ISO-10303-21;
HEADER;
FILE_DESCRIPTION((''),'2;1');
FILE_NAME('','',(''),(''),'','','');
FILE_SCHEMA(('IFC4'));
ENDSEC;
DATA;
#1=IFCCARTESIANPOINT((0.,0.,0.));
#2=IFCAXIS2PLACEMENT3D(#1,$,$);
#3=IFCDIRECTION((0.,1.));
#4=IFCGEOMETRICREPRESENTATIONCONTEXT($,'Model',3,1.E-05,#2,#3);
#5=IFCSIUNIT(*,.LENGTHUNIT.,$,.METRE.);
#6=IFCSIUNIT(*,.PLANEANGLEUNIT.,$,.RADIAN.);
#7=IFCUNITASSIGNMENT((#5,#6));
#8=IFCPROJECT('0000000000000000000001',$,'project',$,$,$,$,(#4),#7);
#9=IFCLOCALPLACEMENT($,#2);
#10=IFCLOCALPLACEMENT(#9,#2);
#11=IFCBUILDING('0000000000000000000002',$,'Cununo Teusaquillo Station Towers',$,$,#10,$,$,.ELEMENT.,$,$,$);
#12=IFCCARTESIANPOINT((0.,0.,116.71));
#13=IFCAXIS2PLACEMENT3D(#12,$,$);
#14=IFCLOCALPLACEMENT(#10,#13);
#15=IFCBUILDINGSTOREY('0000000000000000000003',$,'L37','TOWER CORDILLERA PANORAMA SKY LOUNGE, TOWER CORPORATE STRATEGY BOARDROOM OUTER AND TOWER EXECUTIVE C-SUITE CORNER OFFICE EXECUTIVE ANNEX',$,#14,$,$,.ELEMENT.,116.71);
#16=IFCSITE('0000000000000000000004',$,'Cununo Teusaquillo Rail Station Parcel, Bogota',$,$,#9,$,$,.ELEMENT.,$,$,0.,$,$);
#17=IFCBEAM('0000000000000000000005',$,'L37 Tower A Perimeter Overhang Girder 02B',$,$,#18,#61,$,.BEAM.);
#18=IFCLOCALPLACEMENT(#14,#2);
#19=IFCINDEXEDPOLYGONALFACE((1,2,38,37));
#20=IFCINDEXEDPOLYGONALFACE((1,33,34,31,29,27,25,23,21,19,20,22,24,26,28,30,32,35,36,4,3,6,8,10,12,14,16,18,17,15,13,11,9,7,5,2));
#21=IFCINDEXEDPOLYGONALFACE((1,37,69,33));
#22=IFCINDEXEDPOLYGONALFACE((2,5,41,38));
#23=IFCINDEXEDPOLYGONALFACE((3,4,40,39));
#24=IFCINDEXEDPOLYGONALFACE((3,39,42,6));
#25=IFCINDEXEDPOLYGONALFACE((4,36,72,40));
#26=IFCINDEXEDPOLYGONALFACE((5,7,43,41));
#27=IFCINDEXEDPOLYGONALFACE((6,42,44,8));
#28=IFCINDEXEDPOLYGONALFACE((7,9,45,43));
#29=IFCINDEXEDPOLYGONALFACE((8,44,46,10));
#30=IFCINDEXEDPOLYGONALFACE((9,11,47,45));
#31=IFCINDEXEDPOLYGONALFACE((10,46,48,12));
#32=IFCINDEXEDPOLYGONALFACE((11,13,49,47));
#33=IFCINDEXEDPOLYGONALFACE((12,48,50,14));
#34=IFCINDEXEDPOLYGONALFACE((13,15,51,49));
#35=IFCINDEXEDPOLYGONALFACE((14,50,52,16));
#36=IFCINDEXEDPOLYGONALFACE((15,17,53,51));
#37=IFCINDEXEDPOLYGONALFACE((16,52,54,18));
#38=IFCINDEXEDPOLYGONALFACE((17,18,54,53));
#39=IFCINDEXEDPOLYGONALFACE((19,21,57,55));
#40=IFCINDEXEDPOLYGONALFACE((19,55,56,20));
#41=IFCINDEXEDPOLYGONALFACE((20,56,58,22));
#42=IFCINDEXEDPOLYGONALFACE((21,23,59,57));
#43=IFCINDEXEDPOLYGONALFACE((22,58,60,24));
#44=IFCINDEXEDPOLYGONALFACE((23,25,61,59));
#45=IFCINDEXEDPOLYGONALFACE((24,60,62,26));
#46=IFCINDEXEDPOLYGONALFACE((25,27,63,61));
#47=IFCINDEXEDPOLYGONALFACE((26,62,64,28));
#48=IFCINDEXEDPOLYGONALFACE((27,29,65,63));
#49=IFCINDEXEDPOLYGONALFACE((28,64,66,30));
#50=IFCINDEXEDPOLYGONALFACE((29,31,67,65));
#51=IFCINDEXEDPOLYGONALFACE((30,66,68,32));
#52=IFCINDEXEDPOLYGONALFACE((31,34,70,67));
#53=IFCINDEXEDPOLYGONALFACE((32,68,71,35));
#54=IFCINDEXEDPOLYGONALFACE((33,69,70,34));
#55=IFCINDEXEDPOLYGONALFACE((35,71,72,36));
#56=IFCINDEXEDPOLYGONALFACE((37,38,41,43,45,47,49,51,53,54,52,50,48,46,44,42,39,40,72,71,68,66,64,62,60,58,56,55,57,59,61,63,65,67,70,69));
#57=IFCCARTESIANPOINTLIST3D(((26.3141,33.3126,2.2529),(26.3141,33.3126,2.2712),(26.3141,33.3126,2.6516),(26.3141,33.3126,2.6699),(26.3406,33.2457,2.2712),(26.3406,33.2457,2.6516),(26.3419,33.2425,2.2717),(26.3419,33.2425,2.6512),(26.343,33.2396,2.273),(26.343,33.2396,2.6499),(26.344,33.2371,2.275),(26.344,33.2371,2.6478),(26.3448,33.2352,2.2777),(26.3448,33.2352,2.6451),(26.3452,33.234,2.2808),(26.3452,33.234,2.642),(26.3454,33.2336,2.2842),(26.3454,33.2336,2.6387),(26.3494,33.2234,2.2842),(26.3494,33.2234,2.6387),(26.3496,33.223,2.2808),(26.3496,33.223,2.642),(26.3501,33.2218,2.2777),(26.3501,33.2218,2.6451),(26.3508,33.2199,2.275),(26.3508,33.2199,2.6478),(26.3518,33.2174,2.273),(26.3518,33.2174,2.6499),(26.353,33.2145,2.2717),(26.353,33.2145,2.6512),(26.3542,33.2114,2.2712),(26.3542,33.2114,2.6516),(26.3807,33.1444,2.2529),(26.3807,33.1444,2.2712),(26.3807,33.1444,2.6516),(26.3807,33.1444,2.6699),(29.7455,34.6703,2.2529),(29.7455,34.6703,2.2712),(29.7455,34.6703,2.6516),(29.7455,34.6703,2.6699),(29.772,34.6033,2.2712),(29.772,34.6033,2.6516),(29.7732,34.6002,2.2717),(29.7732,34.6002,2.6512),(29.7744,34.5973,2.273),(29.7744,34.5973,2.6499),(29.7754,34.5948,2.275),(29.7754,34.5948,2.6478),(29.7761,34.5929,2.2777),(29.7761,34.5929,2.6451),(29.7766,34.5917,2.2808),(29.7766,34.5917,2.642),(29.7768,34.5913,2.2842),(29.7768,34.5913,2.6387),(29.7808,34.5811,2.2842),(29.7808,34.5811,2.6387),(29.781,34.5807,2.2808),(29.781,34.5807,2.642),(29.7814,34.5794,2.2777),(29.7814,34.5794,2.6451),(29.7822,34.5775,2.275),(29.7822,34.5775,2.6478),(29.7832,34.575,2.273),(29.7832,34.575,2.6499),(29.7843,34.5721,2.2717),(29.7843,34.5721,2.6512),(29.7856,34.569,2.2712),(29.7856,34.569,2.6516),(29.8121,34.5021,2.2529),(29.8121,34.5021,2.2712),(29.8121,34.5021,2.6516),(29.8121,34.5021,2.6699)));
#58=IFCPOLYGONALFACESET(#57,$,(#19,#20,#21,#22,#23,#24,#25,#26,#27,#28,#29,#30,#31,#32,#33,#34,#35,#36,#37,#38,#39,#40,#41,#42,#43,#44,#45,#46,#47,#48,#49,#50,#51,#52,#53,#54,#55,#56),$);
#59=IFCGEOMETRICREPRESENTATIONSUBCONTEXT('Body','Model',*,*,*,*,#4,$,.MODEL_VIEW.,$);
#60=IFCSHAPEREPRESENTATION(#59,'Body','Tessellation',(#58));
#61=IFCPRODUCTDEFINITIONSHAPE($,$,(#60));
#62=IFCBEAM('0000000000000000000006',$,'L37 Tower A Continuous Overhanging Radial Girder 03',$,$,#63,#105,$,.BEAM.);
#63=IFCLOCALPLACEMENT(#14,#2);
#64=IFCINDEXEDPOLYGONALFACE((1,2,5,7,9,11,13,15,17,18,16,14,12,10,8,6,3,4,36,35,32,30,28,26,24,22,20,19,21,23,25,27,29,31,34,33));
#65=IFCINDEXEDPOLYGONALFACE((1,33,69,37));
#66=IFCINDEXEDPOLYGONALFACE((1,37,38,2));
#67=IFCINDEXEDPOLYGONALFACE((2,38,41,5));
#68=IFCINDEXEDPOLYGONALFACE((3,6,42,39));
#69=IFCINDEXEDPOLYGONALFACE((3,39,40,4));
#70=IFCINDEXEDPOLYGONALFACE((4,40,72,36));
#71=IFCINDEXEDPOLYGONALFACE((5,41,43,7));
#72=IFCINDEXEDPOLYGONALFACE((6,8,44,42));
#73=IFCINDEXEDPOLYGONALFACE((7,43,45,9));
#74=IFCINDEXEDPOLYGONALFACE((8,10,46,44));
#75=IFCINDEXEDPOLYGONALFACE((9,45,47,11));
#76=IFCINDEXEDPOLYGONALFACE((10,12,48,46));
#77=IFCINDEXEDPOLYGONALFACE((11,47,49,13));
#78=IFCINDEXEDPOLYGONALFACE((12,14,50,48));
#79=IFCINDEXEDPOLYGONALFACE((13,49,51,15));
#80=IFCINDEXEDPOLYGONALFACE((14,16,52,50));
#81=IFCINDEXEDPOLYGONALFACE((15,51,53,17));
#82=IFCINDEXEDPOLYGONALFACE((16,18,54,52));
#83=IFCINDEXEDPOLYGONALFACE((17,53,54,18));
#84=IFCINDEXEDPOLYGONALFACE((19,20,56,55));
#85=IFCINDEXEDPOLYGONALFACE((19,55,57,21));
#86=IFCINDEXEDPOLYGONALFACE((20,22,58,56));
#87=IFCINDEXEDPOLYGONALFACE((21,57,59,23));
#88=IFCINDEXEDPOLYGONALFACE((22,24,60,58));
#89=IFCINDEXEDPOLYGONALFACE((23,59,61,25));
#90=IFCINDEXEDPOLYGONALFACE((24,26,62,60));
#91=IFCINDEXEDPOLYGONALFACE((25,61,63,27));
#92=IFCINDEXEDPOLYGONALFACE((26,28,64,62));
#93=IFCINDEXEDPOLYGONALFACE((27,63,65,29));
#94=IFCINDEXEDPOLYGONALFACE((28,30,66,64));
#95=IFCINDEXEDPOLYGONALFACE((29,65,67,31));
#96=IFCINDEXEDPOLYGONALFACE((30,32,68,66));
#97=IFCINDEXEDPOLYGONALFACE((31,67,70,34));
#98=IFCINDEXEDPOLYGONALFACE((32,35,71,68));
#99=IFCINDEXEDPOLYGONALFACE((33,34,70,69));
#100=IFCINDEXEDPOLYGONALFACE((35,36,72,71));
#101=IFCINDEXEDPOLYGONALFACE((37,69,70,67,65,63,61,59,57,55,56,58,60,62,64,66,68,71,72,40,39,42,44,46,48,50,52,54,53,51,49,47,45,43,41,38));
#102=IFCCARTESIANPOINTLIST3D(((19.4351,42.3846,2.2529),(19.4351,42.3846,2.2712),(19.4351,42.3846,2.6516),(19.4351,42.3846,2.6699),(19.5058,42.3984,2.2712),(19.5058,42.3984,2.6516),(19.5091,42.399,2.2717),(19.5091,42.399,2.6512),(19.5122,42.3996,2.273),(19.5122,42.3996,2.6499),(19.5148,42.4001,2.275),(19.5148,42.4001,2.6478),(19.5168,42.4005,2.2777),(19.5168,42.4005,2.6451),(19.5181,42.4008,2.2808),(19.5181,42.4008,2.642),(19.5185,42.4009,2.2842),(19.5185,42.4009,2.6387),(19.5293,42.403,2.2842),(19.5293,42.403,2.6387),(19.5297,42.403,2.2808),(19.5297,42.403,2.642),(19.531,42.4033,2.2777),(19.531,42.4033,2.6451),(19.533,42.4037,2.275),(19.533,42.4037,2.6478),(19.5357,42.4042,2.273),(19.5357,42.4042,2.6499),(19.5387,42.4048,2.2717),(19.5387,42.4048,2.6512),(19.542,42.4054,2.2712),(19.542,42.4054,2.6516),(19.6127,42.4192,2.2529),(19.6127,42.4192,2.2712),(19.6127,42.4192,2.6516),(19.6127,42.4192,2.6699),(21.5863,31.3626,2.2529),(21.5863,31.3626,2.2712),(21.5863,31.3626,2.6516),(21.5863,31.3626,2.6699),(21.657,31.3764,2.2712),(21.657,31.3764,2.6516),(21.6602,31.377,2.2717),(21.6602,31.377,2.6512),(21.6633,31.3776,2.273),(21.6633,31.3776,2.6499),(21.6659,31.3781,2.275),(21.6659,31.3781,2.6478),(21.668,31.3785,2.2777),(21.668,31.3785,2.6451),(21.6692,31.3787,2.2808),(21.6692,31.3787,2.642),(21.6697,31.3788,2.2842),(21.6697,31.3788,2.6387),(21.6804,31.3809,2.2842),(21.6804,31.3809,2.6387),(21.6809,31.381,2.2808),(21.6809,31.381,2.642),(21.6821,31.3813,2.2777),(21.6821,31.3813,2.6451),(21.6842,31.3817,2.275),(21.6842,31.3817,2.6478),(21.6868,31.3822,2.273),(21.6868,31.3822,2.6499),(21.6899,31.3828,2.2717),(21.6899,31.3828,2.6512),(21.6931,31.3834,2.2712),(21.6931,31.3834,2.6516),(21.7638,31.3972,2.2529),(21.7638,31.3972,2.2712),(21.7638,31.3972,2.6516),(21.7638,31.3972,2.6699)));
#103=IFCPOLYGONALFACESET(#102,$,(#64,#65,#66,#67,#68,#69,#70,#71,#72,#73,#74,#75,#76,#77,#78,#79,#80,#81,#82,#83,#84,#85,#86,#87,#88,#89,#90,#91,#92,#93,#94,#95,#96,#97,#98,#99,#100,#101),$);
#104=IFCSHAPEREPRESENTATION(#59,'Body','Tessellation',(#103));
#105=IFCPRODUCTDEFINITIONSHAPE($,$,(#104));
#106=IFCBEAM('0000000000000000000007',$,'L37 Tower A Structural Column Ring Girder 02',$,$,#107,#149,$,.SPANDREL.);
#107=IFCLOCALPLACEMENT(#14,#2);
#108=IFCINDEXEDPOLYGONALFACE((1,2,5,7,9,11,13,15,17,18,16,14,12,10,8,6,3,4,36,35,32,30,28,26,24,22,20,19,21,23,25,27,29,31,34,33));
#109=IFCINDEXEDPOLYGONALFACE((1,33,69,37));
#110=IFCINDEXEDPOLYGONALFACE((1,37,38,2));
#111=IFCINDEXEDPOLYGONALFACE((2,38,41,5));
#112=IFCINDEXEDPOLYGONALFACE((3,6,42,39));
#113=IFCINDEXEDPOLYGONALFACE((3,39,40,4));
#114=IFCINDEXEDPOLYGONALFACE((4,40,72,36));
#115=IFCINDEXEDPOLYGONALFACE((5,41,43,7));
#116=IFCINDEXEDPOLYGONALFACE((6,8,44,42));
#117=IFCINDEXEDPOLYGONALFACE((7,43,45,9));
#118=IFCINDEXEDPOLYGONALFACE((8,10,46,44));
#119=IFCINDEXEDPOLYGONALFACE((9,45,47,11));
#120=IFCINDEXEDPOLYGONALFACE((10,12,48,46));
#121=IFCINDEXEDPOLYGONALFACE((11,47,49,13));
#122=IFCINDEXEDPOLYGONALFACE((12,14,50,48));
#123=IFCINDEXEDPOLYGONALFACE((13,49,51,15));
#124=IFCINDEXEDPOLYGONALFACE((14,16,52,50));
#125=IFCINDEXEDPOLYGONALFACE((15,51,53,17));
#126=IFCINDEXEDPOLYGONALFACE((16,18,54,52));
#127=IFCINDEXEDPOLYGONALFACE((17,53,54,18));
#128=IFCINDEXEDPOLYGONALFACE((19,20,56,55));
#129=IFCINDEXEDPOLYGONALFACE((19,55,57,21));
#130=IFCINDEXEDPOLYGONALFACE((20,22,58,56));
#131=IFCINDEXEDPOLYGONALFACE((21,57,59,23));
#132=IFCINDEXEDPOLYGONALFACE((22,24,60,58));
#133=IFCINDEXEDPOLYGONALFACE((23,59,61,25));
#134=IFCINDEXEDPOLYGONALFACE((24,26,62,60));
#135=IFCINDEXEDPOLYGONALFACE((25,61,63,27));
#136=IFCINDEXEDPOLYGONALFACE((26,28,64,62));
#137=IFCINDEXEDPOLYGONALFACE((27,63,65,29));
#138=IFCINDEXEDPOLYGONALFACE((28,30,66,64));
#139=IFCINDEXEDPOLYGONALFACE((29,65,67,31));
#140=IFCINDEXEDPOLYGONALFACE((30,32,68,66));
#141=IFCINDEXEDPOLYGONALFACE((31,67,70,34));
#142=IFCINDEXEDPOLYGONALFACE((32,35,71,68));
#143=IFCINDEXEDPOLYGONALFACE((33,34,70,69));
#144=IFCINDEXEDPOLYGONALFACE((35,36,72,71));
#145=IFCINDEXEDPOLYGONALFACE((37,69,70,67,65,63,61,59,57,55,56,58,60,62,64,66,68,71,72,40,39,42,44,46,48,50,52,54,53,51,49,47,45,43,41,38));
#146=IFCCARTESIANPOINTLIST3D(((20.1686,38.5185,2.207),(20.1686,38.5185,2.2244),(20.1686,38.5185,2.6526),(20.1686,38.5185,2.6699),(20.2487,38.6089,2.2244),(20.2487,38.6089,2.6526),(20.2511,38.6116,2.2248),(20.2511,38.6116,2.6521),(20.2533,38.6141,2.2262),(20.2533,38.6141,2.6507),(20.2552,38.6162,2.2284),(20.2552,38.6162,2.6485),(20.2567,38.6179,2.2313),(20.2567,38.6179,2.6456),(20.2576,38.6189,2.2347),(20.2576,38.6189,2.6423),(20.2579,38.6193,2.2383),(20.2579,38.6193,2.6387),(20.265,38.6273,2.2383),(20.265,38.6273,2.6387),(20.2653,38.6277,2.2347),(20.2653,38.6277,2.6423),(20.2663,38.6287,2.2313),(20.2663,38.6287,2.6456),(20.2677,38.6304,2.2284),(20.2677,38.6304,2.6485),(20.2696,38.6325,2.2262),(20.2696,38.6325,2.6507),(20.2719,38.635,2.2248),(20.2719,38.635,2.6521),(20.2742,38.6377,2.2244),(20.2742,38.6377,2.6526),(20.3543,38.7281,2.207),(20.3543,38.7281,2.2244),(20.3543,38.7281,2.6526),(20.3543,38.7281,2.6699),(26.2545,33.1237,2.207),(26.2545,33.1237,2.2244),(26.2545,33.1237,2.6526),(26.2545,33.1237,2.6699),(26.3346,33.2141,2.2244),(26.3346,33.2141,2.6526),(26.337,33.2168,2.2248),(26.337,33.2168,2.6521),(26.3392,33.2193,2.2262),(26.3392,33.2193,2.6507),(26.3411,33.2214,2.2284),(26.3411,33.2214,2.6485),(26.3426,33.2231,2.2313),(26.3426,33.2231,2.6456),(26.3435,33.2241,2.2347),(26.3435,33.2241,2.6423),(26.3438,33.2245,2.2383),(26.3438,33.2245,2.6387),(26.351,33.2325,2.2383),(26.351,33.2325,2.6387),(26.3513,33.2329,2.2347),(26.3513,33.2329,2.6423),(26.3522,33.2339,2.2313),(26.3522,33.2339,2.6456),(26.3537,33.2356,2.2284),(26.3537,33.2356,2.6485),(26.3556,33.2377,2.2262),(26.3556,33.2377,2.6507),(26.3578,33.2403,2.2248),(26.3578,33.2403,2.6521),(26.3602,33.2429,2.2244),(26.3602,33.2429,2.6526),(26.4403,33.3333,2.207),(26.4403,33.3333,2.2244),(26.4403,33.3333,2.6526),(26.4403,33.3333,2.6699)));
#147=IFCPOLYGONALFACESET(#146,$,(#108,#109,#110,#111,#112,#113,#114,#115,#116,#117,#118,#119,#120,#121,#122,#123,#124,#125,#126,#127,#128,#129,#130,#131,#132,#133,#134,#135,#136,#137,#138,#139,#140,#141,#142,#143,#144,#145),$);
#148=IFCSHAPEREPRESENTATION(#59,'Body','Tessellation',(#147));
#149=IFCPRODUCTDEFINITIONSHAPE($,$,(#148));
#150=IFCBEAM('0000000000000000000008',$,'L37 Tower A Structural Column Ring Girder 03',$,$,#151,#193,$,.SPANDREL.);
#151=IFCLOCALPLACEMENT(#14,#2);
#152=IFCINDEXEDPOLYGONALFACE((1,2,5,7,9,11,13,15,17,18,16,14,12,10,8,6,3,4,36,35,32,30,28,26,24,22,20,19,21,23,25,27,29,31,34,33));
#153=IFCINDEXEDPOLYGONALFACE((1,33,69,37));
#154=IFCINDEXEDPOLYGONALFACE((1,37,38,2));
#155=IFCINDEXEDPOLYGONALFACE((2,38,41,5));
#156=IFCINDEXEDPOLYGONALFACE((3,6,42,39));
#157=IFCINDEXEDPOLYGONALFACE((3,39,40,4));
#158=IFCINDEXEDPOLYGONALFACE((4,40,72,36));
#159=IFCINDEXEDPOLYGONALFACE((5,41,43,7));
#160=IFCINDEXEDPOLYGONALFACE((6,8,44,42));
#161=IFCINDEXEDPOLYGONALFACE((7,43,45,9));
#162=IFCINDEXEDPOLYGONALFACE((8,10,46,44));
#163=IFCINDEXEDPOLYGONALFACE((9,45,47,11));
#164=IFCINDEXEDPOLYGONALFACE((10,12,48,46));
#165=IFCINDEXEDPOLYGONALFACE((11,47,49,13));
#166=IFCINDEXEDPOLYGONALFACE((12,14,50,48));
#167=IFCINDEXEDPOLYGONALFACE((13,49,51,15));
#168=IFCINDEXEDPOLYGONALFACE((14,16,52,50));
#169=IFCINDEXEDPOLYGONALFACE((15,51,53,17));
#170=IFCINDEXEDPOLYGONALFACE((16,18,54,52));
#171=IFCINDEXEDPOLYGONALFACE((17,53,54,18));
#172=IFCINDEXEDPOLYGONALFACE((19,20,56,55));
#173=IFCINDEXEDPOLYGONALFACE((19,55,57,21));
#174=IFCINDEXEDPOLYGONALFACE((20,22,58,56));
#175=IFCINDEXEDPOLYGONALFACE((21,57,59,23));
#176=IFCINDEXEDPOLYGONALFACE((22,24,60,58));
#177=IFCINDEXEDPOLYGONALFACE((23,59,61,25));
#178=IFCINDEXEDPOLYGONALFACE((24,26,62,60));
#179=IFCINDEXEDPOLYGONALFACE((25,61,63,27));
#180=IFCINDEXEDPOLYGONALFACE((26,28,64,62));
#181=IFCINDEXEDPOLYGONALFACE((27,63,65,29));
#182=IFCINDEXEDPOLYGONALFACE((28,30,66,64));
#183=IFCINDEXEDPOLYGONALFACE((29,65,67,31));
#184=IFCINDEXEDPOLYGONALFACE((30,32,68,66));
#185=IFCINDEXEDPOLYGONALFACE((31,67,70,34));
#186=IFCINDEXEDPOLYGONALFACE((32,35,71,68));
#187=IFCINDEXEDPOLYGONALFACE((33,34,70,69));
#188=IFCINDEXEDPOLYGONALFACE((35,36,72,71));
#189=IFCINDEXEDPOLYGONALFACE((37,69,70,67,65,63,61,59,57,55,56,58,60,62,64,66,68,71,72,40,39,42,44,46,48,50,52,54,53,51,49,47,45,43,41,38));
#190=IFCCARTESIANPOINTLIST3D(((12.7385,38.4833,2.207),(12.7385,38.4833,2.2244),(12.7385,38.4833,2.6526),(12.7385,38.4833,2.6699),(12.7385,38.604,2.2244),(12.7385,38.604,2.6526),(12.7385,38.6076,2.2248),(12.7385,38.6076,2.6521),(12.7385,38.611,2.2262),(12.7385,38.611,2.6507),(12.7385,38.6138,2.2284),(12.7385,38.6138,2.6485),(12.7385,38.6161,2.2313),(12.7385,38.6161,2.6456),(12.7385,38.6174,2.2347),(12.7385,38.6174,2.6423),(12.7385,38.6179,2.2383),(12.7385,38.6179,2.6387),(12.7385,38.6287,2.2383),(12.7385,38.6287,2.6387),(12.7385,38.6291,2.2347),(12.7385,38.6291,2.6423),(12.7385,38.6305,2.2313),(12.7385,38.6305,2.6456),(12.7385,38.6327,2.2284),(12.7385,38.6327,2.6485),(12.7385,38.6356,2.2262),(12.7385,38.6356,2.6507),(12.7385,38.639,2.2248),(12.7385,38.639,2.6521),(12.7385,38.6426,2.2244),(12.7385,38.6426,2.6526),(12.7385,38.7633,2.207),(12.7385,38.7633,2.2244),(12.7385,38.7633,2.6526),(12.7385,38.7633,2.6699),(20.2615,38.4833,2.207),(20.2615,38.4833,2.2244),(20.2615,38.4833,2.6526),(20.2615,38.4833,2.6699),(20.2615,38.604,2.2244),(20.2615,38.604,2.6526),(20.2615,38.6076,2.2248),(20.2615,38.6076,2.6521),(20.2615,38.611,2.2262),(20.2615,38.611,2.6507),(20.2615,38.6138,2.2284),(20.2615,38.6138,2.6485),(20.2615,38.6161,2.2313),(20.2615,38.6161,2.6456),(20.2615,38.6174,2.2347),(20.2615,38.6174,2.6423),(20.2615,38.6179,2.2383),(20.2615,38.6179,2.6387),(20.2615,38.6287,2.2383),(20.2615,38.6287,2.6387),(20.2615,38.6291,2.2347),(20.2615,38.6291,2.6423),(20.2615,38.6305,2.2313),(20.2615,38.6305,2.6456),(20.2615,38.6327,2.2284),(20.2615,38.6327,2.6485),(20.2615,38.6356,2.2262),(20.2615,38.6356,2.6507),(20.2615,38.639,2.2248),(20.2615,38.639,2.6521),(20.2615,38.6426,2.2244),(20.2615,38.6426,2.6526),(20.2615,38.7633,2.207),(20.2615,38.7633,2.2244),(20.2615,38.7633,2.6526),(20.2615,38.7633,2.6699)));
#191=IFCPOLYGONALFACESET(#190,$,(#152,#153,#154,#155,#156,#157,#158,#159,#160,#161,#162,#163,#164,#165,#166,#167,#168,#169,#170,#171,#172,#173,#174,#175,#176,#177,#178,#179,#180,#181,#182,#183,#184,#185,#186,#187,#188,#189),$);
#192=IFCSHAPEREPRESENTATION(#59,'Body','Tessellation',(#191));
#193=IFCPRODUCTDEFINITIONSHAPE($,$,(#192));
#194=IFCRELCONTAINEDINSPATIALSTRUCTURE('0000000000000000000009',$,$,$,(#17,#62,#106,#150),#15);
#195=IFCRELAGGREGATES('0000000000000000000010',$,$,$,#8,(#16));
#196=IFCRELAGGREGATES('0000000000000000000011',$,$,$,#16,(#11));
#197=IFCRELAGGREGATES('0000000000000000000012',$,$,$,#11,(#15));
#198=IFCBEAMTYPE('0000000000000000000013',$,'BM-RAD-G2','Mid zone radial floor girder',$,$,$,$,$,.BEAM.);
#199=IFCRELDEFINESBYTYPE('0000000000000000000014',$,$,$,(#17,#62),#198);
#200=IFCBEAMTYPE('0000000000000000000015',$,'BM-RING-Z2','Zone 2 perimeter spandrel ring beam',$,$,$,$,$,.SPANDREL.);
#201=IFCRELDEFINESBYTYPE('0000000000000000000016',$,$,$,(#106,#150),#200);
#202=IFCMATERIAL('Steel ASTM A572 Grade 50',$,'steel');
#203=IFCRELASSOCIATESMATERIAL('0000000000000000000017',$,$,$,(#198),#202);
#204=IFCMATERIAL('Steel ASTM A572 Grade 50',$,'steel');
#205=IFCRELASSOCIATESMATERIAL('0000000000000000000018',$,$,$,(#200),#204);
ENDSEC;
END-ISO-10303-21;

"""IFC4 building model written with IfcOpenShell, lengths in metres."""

from ifc_helpers import new_model, si_unit, direction, frame, origin, origin_2d, place, context, subcontext, project, spatial, i_section, extrude, material, material_profile, profile_set, type_object, element, save


model = new_model("IFC4")

# Units and contexts
model_context = context("Model", 3, precision=1e-05, world=origin(), true_north=direction((0.0, 1.0)))
body_context = subcontext(model_context, "Body", "Model", "MODEL_VIEW")
ifc_project = project(units=[si_unit("LENGTHUNIT", "METRE"), si_unit("PLANEANGLEUNIT", "RADIAN")], contexts=[model_context])

# Site, building, storey
site_placement = place(None, origin())
site = spatial("IfcSite", under=ifc_project, at=site_placement, Name="Cununo Teusaquillo Rail Station Parcel, Bogota", CompositionType="ELEMENT", RefElevation=0.0)
building_placement = place(site_placement, origin())
building = spatial("IfcBuilding", under=site, at=building_placement, Name="Cununo Teusaquillo Station Towers", CompositionType="ELEMENT")
storey_placement = place(building_placement, frame((0.0, 0.0, 116.71)))
storey = spatial("IfcBuildingStorey", under=building, at=storey_placement, Name="L37", Description="TOWER CORDILLERA PANORAMA SKY LOUNGE, TOWER CORPORATE STRATEGY BOARDROOM OUTER AND TOWER EXECUTIVE C-SUITE CORNER OFFICE EXECUTIVE ANNEX", CompositionType="ELEMENT", Elevation=116.71)

# Beams
ifc_material_1 = material(Name="Steel ASTM A572 Grade 50", Category="steel")
ifc_material_profile_1 = material_profile(ifc_material_1, i_section(OverallWidth=0.1809, OverallDepth=0.417, WebThickness=0.011, FlangeThickness=0.0183, FilletRadius=0.0129, at=origin_2d()), Name="W16X57")
ifc_profile_set_1 = profile_set([ifc_material_profile_1], Name="Steel ASTM A572 Grade 50")
beam_type_1 = type_object("IfcBeamType", Name="BM-RAD-G2", Description="Mid zone radial floor girder", PredefinedType="BEAM", material=ifc_profile_set_1)
beam_1_placement = place(storey_placement, frame((26.3474, 33.2285, 2.4614), z_axis=(0.929862, 0.367909, 0.0), x_axis=(-0.367909, 0.929862, 0.0)))
element("IfcBeam", 1, at=beam_1_placement, inside=storey, type_object=beam_type_1, Name="L37 Tower A Perimeter Overhang Girder 02B", PredefinedType="BEAM", context=body_context, shape_type="SweptSolid", body=[
    extrude(i_section(OverallWidth=0.1809, OverallDepth=0.417, WebThickness=0.011, FlangeThickness=0.0183, FilletRadius=0.0129, at=origin_2d()), origin(), (0.0, 0.0, 1.0), 3.6902),
])
beam_2_placement = place(storey_placement, frame((21.675, 31.3799, 2.4614), z_axis=(-0.191553, 0.981482, 0.0), x_axis=(-0.981482, -0.191553, 0.0)))
element("IfcBeam", 2, at=beam_2_placement, inside=storey, type_object=beam_type_1, Name="L37 Tower A Continuous Overhanging Radial Girder 03", PredefinedType="BEAM", context=body_context, shape_type="SweptSolid", body=[
    extrude(i_section(OverallWidth=0.1809, OverallDepth=0.417, WebThickness=0.011, FlangeThickness=0.0183, FilletRadius=0.0129, at=origin_2d()), origin(), (0.0, 0.0, 1.0), 11.23),
])
ifc_material_2 = material(Name="Steel ASTM A572 Grade 50", Category="steel")
ifc_material_profile_2 = material_profile(ifc_material_2, i_section(OverallWidth=0.28, OverallDepth=0.4629, WebThickness=0.0107, FlangeThickness=0.0173, FilletRadius=0.0139, at=origin_2d()), Name="W18X76")
ifc_profile_set_2 = profile_set([ifc_material_profile_2], Name="Steel ASTM A572 Grade 50")
beam_type_2 = type_object("IfcBeamType", Name="BM-RING-Z2", Description="Zone 2 perimeter spandrel ring beam", PredefinedType="SPANDREL", material=ifc_profile_set_2)
beam_3_placement = place(storey_placement, frame((26.3474, 33.2285, 2.4385), z_axis=(-0.748321, 0.663337, 0.0), x_axis=(-0.663337, -0.748321, 0.0)))
element("IfcBeam", 3, at=beam_3_placement, inside=storey, type_object=beam_type_2, Name="L37 Tower A Structural Column Ring Girder 02", PredefinedType="SPANDREL", context=body_context, shape_type="SweptSolid", body=[
    extrude(i_section(OverallWidth=0.28, OverallDepth=0.4629, WebThickness=0.0107, FlangeThickness=0.0173, FilletRadius=0.0139, at=origin_2d()), origin(), (0.0, 0.0, 1.0), 8.1328),
])
beam_4_placement = place(storey_placement, frame((20.2615, 38.6233, 2.4385), z_axis=(-1.0, 0.0, 0.0), x_axis=(0.0, -1.0, 0.0)))
element("IfcBeam", 4, at=beam_4_placement, inside=storey, type_object=beam_type_2, Name="L37 Tower A Structural Column Ring Girder 03", PredefinedType="SPANDREL", context=body_context, shape_type="SweptSolid", body=[
    extrude(i_section(OverallWidth=0.28, OverallDepth=0.4629, WebThickness=0.0107, FlangeThickness=0.0173, FilletRadius=0.0139, at=origin_2d()), origin(), (0.0, 0.0, 1.0), 7.5229),
])

save(model, "model.ifc")
